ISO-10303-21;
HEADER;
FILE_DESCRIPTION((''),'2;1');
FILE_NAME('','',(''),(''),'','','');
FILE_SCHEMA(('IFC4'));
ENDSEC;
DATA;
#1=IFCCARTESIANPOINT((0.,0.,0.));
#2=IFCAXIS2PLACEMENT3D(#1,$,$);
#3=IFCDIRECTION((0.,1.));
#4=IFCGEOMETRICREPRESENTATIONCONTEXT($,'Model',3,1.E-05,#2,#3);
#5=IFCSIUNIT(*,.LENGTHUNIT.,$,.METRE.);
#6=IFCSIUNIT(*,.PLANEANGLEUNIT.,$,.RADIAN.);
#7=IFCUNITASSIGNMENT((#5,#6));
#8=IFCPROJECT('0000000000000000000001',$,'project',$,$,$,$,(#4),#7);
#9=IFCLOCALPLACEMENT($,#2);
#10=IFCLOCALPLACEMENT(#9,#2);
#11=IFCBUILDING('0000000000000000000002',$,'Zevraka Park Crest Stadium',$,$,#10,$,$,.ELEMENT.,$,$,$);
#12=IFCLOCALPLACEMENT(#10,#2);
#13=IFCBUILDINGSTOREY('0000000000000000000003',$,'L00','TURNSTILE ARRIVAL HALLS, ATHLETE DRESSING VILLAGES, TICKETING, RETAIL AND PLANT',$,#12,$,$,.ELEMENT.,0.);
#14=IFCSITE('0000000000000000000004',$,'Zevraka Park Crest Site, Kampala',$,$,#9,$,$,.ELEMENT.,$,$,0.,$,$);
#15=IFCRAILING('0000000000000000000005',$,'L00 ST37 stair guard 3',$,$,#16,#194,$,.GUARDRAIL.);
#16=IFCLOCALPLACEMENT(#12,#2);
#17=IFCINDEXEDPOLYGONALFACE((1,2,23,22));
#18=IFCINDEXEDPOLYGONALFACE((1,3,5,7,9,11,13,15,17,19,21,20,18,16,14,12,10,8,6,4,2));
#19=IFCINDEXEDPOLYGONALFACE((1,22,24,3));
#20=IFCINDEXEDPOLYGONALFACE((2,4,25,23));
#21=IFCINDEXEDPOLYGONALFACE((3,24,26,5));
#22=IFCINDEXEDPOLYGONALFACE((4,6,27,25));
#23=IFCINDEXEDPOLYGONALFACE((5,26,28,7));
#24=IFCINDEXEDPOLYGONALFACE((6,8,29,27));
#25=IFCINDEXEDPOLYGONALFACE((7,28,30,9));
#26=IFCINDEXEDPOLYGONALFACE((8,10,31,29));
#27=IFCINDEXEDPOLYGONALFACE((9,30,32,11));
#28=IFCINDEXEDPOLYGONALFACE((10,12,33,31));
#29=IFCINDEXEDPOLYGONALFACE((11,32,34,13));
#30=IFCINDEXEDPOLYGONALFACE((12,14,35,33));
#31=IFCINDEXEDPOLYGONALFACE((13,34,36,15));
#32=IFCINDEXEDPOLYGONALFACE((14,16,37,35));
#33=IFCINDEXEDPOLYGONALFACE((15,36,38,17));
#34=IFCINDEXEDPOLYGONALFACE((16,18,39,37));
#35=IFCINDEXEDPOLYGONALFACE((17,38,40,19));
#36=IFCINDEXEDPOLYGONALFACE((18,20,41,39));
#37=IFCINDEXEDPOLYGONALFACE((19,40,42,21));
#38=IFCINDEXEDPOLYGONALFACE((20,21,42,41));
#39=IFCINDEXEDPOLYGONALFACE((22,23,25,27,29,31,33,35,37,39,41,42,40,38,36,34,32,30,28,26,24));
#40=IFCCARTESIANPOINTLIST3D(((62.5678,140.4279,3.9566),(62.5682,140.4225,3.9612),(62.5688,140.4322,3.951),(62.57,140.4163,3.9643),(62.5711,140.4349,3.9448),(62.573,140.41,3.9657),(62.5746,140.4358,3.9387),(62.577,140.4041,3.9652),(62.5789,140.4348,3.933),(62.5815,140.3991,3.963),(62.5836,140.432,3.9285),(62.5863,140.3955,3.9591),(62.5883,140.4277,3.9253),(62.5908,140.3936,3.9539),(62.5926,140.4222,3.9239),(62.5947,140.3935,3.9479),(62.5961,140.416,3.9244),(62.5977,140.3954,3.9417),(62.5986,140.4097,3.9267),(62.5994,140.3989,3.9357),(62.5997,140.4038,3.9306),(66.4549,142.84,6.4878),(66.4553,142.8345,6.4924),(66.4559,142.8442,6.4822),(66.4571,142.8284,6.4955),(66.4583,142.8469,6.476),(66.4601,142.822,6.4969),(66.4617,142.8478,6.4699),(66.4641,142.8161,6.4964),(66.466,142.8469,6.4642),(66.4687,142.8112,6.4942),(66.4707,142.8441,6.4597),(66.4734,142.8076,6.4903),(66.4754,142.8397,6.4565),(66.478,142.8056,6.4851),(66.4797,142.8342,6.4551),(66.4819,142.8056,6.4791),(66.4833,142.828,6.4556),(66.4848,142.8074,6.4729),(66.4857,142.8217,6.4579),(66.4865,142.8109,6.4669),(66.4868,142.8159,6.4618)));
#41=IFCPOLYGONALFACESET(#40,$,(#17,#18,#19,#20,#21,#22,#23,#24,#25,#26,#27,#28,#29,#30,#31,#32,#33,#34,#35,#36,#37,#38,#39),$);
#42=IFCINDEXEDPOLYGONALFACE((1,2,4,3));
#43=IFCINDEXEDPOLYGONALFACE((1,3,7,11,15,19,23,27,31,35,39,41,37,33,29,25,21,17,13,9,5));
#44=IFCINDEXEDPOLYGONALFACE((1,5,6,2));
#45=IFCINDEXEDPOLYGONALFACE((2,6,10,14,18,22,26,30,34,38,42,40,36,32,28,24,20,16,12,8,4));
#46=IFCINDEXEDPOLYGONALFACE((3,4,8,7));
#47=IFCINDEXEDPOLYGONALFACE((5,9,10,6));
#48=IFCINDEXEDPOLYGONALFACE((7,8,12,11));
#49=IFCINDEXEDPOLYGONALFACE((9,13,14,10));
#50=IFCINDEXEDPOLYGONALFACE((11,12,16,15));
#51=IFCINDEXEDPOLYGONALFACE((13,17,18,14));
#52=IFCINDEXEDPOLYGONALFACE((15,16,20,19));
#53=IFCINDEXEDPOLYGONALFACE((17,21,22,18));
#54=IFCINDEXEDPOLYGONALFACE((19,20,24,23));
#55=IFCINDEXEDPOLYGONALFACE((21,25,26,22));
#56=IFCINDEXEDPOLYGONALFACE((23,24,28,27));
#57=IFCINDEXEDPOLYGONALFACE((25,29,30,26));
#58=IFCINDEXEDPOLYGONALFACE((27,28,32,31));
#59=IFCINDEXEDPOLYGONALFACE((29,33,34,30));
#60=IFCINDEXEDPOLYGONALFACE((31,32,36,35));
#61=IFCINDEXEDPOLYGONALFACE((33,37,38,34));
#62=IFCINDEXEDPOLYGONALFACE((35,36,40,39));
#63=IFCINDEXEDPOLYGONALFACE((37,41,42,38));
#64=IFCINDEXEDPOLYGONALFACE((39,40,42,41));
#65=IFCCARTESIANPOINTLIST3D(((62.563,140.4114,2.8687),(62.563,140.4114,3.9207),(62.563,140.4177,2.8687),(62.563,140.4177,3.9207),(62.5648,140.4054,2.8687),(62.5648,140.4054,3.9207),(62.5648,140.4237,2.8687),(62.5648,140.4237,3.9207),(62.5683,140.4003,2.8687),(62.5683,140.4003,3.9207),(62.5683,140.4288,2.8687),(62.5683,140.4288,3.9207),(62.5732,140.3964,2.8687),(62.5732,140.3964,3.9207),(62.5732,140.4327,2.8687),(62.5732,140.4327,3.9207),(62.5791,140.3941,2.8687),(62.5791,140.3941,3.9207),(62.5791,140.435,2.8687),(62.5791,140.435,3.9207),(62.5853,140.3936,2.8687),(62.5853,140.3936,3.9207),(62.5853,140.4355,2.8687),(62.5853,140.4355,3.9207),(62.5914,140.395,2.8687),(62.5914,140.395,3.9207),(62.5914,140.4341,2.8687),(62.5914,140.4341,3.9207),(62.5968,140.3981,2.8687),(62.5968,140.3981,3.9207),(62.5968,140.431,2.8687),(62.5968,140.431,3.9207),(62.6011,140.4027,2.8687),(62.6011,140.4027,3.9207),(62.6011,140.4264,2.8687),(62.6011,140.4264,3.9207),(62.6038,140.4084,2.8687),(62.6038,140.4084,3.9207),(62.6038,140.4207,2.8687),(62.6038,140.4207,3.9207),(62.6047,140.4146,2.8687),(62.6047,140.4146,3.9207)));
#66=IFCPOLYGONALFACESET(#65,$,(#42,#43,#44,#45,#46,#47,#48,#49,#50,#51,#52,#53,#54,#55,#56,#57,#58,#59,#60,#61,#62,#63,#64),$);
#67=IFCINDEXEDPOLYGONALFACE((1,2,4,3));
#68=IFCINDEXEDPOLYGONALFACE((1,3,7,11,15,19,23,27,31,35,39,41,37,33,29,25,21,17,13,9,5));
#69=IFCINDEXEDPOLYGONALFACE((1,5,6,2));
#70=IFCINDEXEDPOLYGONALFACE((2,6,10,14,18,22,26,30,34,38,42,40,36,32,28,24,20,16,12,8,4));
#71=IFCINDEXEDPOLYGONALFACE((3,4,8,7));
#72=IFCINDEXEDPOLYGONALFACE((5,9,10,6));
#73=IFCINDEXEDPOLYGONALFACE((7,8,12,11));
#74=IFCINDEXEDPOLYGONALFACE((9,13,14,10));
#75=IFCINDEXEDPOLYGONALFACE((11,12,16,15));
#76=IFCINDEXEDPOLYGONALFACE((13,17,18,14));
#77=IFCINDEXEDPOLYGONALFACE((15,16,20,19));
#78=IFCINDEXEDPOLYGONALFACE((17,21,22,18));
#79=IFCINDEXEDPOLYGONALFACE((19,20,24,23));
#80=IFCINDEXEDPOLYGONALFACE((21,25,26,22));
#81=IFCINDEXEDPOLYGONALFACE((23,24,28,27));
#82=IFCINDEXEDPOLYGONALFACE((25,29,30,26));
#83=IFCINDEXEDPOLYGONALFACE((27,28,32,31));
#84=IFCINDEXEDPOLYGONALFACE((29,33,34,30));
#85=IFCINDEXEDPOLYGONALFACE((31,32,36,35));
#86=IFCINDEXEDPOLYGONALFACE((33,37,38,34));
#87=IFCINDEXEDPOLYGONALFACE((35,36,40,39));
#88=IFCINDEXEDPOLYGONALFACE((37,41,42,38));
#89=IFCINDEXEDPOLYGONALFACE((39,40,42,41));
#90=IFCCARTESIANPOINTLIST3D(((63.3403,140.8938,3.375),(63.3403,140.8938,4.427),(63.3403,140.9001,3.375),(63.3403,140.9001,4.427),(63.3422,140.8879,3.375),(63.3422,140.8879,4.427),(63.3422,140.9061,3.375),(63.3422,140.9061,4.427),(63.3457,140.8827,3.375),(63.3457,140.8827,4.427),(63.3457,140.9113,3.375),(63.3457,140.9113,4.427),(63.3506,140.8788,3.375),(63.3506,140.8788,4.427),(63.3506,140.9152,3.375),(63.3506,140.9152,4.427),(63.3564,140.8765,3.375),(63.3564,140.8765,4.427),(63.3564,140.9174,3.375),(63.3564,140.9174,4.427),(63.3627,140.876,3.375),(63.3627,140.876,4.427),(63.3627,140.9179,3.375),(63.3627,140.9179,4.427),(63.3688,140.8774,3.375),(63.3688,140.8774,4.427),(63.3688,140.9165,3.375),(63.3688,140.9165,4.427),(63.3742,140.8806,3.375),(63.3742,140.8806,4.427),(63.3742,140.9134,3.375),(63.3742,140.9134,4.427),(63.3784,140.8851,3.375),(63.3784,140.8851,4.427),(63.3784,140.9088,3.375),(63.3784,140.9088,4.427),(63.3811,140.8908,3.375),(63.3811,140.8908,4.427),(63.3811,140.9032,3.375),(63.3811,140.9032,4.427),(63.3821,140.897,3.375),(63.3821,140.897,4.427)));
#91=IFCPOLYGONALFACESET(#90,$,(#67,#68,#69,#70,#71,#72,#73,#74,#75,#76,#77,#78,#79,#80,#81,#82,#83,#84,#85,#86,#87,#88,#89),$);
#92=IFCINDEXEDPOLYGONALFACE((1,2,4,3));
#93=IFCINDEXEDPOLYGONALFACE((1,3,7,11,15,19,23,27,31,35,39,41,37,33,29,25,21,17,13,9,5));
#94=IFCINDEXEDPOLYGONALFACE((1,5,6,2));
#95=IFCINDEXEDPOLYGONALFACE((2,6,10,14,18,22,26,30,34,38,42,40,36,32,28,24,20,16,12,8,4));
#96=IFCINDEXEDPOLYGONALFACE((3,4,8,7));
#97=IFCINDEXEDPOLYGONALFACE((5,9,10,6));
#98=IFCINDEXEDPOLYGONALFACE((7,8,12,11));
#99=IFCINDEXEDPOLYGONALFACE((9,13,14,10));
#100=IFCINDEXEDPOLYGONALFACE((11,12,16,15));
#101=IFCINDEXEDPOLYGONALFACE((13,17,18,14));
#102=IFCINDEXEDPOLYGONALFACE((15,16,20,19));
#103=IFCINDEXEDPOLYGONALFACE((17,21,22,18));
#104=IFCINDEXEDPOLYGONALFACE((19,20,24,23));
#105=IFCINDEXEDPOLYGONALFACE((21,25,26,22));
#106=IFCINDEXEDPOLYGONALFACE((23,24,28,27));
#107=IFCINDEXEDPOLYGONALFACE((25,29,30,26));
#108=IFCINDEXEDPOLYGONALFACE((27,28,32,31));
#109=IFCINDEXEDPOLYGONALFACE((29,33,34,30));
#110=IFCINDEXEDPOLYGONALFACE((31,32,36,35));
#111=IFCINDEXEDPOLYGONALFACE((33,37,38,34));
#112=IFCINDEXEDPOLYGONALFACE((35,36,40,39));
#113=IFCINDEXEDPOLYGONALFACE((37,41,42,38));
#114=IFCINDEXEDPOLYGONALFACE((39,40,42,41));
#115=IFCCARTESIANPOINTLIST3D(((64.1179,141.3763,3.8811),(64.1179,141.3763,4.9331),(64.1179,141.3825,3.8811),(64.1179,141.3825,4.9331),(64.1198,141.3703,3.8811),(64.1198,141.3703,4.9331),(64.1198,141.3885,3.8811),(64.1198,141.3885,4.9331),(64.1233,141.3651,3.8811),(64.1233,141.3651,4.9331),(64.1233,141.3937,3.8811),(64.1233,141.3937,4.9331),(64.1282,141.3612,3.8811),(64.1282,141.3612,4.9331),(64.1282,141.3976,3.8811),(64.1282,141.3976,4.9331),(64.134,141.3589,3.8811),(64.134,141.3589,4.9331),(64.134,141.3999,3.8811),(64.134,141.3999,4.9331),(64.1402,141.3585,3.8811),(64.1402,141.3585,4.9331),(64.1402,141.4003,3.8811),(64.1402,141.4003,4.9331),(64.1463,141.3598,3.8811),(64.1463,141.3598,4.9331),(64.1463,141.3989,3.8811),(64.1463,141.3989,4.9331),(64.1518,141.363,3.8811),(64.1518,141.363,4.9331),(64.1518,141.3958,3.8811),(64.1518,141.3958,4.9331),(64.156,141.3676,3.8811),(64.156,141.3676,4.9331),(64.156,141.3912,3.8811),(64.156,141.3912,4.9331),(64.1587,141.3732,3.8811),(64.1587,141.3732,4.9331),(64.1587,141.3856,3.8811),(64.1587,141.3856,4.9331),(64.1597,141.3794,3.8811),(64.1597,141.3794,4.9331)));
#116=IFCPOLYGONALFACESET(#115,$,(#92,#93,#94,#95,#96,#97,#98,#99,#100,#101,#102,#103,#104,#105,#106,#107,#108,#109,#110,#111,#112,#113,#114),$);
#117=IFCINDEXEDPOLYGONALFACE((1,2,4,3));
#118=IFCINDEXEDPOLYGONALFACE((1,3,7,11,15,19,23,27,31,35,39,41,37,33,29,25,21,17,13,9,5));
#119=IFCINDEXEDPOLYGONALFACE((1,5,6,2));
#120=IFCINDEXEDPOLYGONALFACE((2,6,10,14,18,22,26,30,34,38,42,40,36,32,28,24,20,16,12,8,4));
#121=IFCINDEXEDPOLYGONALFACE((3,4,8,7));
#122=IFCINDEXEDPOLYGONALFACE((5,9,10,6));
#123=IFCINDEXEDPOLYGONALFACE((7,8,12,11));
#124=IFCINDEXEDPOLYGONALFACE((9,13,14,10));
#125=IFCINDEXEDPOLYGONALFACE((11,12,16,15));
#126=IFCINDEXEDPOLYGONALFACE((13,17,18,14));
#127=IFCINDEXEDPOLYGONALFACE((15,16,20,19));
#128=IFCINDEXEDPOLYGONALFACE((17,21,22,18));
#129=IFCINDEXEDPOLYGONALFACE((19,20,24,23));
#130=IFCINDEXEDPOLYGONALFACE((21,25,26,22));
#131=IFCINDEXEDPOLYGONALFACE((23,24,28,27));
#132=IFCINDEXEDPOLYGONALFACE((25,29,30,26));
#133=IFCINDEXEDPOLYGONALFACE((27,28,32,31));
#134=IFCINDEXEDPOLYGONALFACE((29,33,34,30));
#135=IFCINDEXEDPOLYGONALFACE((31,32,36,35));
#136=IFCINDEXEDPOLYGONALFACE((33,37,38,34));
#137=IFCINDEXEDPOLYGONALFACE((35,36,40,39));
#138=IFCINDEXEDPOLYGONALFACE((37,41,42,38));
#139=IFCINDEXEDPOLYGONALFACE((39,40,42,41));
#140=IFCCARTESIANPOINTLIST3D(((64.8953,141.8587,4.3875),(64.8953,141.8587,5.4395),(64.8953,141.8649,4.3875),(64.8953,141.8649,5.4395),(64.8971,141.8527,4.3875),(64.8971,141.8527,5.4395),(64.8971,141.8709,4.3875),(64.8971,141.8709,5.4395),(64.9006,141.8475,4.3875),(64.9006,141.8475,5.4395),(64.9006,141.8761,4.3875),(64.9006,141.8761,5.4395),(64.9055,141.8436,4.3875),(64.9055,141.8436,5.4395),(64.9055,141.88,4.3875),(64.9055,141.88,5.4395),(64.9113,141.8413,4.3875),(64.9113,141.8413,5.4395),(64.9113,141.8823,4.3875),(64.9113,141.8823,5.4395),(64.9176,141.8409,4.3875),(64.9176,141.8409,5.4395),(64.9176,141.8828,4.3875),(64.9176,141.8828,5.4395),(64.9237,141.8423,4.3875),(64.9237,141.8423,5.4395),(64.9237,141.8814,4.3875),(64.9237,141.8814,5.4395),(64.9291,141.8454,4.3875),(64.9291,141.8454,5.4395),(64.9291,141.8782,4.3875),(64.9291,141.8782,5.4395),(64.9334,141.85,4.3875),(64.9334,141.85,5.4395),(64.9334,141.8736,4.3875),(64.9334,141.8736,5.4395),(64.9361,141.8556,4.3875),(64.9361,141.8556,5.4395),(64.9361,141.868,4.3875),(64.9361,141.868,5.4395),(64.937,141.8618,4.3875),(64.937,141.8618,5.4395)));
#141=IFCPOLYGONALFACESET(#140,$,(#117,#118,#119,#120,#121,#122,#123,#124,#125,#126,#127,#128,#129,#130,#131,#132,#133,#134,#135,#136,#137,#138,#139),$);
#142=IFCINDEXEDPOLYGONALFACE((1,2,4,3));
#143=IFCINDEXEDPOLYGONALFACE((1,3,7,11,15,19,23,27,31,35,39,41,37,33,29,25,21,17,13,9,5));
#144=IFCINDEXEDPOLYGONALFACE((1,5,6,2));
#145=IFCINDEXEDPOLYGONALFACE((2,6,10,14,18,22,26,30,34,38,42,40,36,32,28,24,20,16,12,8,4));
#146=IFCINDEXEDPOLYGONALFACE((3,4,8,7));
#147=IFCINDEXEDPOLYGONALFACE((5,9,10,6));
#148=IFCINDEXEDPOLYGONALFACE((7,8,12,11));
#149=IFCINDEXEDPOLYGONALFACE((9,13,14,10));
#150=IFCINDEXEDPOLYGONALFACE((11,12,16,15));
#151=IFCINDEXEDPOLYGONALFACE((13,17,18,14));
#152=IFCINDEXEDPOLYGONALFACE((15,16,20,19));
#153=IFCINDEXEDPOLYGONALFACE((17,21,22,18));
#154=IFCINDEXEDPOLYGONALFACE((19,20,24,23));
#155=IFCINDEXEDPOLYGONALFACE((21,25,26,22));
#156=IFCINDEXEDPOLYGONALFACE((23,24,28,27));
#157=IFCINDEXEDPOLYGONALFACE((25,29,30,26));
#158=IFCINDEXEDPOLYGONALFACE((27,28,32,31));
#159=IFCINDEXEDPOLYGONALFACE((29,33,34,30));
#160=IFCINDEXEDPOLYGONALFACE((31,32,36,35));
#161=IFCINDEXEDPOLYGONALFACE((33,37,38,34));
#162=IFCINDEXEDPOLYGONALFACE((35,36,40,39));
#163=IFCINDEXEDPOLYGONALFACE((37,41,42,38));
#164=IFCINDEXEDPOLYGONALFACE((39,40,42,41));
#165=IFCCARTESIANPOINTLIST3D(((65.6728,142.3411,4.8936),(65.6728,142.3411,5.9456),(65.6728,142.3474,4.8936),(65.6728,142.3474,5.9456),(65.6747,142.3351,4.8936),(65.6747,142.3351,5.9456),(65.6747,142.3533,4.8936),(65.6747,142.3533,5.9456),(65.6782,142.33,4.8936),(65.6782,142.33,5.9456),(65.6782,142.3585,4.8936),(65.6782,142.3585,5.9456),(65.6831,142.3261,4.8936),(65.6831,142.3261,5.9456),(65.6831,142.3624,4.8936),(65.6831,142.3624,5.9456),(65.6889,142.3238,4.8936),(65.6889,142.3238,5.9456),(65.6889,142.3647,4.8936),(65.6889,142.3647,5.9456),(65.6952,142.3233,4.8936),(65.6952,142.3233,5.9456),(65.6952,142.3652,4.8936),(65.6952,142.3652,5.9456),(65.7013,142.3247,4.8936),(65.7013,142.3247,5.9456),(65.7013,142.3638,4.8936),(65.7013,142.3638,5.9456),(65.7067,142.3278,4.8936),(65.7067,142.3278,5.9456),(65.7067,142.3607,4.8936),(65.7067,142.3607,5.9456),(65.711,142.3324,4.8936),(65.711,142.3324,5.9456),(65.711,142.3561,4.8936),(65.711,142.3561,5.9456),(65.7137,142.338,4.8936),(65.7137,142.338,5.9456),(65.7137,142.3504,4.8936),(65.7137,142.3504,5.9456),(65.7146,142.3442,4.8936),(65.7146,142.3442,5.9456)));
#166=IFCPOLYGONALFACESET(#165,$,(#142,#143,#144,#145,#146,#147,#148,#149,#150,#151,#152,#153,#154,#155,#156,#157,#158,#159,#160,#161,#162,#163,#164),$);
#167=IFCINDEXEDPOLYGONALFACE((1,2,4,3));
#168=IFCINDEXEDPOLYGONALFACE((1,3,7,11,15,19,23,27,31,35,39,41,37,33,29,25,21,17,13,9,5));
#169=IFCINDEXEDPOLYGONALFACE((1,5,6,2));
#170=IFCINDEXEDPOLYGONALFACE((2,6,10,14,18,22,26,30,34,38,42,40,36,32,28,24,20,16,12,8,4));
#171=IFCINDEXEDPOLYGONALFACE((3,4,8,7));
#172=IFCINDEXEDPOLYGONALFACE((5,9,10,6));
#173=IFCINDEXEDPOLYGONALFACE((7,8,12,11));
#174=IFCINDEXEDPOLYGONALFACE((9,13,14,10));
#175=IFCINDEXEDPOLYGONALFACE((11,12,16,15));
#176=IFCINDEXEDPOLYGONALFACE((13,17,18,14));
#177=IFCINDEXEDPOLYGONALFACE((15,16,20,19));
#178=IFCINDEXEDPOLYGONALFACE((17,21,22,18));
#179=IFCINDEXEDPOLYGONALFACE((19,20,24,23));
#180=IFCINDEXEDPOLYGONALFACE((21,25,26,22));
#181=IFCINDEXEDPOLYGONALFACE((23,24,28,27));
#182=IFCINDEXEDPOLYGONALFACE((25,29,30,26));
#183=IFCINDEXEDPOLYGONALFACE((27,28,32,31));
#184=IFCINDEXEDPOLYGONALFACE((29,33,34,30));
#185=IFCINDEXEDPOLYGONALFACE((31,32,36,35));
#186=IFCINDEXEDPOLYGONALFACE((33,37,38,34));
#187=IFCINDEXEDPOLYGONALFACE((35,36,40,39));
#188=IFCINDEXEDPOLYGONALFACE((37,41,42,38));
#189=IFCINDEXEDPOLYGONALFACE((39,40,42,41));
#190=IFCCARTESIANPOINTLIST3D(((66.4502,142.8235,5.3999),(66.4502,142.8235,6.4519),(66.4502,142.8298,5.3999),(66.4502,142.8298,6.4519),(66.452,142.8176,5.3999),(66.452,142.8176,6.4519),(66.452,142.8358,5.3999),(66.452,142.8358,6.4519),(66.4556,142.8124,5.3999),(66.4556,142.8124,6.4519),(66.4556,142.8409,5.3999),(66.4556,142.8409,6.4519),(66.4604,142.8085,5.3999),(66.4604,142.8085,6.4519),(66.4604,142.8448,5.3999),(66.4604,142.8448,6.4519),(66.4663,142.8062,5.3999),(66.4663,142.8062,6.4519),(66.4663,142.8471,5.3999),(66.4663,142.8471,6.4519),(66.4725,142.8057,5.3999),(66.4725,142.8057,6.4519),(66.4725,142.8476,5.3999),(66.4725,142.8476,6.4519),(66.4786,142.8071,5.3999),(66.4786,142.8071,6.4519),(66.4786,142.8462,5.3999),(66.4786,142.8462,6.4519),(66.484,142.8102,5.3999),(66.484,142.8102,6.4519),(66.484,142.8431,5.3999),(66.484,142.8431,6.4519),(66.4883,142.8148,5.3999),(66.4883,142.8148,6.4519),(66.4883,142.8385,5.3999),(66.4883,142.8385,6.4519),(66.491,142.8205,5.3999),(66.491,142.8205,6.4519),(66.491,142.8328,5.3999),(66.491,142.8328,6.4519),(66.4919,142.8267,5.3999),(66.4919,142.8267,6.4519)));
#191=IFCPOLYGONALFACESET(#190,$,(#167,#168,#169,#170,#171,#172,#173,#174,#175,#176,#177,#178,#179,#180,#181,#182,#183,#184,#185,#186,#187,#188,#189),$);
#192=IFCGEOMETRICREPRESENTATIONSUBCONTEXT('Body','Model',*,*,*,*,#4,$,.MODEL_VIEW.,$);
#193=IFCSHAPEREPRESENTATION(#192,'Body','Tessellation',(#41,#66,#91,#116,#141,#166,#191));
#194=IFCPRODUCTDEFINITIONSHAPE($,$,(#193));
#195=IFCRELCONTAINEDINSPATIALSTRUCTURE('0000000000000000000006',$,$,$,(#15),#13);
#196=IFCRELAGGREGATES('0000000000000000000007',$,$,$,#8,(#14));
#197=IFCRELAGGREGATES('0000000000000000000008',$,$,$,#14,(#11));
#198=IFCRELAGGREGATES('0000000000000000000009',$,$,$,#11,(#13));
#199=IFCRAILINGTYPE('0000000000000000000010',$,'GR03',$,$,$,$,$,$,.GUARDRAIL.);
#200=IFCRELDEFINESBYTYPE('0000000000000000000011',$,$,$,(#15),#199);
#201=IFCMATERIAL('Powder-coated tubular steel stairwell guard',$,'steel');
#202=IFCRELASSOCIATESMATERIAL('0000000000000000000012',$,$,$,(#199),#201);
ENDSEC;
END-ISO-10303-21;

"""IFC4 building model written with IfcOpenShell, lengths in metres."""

from ifc_helpers import new_model, si_unit, direction, frame, origin, origin_2d, place, context, subcontext, project, spatial, circle, extrude, material, type_object, element, save


model = new_model("IFC4")

# Units and contexts
model_context = context("Model", 3, precision=1e-05, world=origin(), true_north=direction((0.0, 1.0)))
body_context = subcontext(model_context, "Body", "Model", "MODEL_VIEW")
ifc_project = project(units=[si_unit("LENGTHUNIT", "METRE"), si_unit("PLANEANGLEUNIT", "RADIAN")], contexts=[model_context])

# Site, building, storey
site_placement = place(None, origin())
site = spatial("IfcSite", under=ifc_project, at=site_placement, Name="Zevraka Park Crest Site, Kampala", CompositionType="ELEMENT", RefElevation=0.0)
building_placement = place(site_placement, origin())
building = spatial("IfcBuilding", under=site, at=building_placement, Name="Zevraka Park Crest Stadium", CompositionType="ELEMENT")
storey_placement = place(building_placement, origin())
storey = spatial("IfcBuildingStorey", under=building, at=storey_placement, Name="L00", Description="TURNSTILE ARRIVAL HALLS, ATHLETE DRESSING VILLAGES, TICKETING, RETAIL AND PLANT", CompositionType="ELEMENT", Elevation=0.0)

# Railing
ifc_material_1 = material(Name="Powder-coated tubular steel stairwell guard", Category="steel")
railing_type_1 = type_object("IfcRailingType", Name="GR03", PredefinedType="GUARDRAIL", material=ifc_material_1)
railing_1_placement = place(storey_placement, frame((62.5837, 140.4146, 2.8687)))
element("IfcRailing", 1, at=railing_1_placement, inside=storey, type_object=railing_type_1, Name="L00 ST37 stair guard 3", PredefinedType="GUARDRAIL", context=body_context, shape_type="SweptSolid", body=[
    extrude(circle(Radius=0.0239, at=origin_2d()), frame((0.0, 0.0, 1.0762), z_axis=(0.743483, 0.46135, 0.484137), x_axis=(-0.527262, 0.849703, 0.0)), (0.0, 0.0, 1.0), 5.2283),
    extrude(circle(Radius=0.021, at=origin_2d()), origin(), (0.0, 0.0, 1.0), 1.052),
    extrude(circle(Radius=0.021, at=origin_2d()), frame((0.7773, 0.4824, 0.5063)), (0.0, 0.0, 1.0), 1.052),
    extrude(circle(Radius=0.021, at=origin_2d()), frame((1.5549, 0.9648, 1.0125)), (0.0, 0.0, 1.0), 1.052),
    extrude(circle(Radius=0.021, at=origin_2d()), frame((2.3323, 1.4473, 1.5188)), (0.0, 0.0, 1.0), 1.052),
    extrude(circle(Radius=0.021, at=origin_2d()), frame((3.1099, 1.9297, 2.0249)), (0.0, 0.0, 1.0), 1.052),
    extrude(circle(Radius=0.021, at=origin_2d()), frame((3.8872, 2.4121, 2.5312)), (0.0, 0.0, 1.0), 1.052),
])

save(model, "model.ifc")
